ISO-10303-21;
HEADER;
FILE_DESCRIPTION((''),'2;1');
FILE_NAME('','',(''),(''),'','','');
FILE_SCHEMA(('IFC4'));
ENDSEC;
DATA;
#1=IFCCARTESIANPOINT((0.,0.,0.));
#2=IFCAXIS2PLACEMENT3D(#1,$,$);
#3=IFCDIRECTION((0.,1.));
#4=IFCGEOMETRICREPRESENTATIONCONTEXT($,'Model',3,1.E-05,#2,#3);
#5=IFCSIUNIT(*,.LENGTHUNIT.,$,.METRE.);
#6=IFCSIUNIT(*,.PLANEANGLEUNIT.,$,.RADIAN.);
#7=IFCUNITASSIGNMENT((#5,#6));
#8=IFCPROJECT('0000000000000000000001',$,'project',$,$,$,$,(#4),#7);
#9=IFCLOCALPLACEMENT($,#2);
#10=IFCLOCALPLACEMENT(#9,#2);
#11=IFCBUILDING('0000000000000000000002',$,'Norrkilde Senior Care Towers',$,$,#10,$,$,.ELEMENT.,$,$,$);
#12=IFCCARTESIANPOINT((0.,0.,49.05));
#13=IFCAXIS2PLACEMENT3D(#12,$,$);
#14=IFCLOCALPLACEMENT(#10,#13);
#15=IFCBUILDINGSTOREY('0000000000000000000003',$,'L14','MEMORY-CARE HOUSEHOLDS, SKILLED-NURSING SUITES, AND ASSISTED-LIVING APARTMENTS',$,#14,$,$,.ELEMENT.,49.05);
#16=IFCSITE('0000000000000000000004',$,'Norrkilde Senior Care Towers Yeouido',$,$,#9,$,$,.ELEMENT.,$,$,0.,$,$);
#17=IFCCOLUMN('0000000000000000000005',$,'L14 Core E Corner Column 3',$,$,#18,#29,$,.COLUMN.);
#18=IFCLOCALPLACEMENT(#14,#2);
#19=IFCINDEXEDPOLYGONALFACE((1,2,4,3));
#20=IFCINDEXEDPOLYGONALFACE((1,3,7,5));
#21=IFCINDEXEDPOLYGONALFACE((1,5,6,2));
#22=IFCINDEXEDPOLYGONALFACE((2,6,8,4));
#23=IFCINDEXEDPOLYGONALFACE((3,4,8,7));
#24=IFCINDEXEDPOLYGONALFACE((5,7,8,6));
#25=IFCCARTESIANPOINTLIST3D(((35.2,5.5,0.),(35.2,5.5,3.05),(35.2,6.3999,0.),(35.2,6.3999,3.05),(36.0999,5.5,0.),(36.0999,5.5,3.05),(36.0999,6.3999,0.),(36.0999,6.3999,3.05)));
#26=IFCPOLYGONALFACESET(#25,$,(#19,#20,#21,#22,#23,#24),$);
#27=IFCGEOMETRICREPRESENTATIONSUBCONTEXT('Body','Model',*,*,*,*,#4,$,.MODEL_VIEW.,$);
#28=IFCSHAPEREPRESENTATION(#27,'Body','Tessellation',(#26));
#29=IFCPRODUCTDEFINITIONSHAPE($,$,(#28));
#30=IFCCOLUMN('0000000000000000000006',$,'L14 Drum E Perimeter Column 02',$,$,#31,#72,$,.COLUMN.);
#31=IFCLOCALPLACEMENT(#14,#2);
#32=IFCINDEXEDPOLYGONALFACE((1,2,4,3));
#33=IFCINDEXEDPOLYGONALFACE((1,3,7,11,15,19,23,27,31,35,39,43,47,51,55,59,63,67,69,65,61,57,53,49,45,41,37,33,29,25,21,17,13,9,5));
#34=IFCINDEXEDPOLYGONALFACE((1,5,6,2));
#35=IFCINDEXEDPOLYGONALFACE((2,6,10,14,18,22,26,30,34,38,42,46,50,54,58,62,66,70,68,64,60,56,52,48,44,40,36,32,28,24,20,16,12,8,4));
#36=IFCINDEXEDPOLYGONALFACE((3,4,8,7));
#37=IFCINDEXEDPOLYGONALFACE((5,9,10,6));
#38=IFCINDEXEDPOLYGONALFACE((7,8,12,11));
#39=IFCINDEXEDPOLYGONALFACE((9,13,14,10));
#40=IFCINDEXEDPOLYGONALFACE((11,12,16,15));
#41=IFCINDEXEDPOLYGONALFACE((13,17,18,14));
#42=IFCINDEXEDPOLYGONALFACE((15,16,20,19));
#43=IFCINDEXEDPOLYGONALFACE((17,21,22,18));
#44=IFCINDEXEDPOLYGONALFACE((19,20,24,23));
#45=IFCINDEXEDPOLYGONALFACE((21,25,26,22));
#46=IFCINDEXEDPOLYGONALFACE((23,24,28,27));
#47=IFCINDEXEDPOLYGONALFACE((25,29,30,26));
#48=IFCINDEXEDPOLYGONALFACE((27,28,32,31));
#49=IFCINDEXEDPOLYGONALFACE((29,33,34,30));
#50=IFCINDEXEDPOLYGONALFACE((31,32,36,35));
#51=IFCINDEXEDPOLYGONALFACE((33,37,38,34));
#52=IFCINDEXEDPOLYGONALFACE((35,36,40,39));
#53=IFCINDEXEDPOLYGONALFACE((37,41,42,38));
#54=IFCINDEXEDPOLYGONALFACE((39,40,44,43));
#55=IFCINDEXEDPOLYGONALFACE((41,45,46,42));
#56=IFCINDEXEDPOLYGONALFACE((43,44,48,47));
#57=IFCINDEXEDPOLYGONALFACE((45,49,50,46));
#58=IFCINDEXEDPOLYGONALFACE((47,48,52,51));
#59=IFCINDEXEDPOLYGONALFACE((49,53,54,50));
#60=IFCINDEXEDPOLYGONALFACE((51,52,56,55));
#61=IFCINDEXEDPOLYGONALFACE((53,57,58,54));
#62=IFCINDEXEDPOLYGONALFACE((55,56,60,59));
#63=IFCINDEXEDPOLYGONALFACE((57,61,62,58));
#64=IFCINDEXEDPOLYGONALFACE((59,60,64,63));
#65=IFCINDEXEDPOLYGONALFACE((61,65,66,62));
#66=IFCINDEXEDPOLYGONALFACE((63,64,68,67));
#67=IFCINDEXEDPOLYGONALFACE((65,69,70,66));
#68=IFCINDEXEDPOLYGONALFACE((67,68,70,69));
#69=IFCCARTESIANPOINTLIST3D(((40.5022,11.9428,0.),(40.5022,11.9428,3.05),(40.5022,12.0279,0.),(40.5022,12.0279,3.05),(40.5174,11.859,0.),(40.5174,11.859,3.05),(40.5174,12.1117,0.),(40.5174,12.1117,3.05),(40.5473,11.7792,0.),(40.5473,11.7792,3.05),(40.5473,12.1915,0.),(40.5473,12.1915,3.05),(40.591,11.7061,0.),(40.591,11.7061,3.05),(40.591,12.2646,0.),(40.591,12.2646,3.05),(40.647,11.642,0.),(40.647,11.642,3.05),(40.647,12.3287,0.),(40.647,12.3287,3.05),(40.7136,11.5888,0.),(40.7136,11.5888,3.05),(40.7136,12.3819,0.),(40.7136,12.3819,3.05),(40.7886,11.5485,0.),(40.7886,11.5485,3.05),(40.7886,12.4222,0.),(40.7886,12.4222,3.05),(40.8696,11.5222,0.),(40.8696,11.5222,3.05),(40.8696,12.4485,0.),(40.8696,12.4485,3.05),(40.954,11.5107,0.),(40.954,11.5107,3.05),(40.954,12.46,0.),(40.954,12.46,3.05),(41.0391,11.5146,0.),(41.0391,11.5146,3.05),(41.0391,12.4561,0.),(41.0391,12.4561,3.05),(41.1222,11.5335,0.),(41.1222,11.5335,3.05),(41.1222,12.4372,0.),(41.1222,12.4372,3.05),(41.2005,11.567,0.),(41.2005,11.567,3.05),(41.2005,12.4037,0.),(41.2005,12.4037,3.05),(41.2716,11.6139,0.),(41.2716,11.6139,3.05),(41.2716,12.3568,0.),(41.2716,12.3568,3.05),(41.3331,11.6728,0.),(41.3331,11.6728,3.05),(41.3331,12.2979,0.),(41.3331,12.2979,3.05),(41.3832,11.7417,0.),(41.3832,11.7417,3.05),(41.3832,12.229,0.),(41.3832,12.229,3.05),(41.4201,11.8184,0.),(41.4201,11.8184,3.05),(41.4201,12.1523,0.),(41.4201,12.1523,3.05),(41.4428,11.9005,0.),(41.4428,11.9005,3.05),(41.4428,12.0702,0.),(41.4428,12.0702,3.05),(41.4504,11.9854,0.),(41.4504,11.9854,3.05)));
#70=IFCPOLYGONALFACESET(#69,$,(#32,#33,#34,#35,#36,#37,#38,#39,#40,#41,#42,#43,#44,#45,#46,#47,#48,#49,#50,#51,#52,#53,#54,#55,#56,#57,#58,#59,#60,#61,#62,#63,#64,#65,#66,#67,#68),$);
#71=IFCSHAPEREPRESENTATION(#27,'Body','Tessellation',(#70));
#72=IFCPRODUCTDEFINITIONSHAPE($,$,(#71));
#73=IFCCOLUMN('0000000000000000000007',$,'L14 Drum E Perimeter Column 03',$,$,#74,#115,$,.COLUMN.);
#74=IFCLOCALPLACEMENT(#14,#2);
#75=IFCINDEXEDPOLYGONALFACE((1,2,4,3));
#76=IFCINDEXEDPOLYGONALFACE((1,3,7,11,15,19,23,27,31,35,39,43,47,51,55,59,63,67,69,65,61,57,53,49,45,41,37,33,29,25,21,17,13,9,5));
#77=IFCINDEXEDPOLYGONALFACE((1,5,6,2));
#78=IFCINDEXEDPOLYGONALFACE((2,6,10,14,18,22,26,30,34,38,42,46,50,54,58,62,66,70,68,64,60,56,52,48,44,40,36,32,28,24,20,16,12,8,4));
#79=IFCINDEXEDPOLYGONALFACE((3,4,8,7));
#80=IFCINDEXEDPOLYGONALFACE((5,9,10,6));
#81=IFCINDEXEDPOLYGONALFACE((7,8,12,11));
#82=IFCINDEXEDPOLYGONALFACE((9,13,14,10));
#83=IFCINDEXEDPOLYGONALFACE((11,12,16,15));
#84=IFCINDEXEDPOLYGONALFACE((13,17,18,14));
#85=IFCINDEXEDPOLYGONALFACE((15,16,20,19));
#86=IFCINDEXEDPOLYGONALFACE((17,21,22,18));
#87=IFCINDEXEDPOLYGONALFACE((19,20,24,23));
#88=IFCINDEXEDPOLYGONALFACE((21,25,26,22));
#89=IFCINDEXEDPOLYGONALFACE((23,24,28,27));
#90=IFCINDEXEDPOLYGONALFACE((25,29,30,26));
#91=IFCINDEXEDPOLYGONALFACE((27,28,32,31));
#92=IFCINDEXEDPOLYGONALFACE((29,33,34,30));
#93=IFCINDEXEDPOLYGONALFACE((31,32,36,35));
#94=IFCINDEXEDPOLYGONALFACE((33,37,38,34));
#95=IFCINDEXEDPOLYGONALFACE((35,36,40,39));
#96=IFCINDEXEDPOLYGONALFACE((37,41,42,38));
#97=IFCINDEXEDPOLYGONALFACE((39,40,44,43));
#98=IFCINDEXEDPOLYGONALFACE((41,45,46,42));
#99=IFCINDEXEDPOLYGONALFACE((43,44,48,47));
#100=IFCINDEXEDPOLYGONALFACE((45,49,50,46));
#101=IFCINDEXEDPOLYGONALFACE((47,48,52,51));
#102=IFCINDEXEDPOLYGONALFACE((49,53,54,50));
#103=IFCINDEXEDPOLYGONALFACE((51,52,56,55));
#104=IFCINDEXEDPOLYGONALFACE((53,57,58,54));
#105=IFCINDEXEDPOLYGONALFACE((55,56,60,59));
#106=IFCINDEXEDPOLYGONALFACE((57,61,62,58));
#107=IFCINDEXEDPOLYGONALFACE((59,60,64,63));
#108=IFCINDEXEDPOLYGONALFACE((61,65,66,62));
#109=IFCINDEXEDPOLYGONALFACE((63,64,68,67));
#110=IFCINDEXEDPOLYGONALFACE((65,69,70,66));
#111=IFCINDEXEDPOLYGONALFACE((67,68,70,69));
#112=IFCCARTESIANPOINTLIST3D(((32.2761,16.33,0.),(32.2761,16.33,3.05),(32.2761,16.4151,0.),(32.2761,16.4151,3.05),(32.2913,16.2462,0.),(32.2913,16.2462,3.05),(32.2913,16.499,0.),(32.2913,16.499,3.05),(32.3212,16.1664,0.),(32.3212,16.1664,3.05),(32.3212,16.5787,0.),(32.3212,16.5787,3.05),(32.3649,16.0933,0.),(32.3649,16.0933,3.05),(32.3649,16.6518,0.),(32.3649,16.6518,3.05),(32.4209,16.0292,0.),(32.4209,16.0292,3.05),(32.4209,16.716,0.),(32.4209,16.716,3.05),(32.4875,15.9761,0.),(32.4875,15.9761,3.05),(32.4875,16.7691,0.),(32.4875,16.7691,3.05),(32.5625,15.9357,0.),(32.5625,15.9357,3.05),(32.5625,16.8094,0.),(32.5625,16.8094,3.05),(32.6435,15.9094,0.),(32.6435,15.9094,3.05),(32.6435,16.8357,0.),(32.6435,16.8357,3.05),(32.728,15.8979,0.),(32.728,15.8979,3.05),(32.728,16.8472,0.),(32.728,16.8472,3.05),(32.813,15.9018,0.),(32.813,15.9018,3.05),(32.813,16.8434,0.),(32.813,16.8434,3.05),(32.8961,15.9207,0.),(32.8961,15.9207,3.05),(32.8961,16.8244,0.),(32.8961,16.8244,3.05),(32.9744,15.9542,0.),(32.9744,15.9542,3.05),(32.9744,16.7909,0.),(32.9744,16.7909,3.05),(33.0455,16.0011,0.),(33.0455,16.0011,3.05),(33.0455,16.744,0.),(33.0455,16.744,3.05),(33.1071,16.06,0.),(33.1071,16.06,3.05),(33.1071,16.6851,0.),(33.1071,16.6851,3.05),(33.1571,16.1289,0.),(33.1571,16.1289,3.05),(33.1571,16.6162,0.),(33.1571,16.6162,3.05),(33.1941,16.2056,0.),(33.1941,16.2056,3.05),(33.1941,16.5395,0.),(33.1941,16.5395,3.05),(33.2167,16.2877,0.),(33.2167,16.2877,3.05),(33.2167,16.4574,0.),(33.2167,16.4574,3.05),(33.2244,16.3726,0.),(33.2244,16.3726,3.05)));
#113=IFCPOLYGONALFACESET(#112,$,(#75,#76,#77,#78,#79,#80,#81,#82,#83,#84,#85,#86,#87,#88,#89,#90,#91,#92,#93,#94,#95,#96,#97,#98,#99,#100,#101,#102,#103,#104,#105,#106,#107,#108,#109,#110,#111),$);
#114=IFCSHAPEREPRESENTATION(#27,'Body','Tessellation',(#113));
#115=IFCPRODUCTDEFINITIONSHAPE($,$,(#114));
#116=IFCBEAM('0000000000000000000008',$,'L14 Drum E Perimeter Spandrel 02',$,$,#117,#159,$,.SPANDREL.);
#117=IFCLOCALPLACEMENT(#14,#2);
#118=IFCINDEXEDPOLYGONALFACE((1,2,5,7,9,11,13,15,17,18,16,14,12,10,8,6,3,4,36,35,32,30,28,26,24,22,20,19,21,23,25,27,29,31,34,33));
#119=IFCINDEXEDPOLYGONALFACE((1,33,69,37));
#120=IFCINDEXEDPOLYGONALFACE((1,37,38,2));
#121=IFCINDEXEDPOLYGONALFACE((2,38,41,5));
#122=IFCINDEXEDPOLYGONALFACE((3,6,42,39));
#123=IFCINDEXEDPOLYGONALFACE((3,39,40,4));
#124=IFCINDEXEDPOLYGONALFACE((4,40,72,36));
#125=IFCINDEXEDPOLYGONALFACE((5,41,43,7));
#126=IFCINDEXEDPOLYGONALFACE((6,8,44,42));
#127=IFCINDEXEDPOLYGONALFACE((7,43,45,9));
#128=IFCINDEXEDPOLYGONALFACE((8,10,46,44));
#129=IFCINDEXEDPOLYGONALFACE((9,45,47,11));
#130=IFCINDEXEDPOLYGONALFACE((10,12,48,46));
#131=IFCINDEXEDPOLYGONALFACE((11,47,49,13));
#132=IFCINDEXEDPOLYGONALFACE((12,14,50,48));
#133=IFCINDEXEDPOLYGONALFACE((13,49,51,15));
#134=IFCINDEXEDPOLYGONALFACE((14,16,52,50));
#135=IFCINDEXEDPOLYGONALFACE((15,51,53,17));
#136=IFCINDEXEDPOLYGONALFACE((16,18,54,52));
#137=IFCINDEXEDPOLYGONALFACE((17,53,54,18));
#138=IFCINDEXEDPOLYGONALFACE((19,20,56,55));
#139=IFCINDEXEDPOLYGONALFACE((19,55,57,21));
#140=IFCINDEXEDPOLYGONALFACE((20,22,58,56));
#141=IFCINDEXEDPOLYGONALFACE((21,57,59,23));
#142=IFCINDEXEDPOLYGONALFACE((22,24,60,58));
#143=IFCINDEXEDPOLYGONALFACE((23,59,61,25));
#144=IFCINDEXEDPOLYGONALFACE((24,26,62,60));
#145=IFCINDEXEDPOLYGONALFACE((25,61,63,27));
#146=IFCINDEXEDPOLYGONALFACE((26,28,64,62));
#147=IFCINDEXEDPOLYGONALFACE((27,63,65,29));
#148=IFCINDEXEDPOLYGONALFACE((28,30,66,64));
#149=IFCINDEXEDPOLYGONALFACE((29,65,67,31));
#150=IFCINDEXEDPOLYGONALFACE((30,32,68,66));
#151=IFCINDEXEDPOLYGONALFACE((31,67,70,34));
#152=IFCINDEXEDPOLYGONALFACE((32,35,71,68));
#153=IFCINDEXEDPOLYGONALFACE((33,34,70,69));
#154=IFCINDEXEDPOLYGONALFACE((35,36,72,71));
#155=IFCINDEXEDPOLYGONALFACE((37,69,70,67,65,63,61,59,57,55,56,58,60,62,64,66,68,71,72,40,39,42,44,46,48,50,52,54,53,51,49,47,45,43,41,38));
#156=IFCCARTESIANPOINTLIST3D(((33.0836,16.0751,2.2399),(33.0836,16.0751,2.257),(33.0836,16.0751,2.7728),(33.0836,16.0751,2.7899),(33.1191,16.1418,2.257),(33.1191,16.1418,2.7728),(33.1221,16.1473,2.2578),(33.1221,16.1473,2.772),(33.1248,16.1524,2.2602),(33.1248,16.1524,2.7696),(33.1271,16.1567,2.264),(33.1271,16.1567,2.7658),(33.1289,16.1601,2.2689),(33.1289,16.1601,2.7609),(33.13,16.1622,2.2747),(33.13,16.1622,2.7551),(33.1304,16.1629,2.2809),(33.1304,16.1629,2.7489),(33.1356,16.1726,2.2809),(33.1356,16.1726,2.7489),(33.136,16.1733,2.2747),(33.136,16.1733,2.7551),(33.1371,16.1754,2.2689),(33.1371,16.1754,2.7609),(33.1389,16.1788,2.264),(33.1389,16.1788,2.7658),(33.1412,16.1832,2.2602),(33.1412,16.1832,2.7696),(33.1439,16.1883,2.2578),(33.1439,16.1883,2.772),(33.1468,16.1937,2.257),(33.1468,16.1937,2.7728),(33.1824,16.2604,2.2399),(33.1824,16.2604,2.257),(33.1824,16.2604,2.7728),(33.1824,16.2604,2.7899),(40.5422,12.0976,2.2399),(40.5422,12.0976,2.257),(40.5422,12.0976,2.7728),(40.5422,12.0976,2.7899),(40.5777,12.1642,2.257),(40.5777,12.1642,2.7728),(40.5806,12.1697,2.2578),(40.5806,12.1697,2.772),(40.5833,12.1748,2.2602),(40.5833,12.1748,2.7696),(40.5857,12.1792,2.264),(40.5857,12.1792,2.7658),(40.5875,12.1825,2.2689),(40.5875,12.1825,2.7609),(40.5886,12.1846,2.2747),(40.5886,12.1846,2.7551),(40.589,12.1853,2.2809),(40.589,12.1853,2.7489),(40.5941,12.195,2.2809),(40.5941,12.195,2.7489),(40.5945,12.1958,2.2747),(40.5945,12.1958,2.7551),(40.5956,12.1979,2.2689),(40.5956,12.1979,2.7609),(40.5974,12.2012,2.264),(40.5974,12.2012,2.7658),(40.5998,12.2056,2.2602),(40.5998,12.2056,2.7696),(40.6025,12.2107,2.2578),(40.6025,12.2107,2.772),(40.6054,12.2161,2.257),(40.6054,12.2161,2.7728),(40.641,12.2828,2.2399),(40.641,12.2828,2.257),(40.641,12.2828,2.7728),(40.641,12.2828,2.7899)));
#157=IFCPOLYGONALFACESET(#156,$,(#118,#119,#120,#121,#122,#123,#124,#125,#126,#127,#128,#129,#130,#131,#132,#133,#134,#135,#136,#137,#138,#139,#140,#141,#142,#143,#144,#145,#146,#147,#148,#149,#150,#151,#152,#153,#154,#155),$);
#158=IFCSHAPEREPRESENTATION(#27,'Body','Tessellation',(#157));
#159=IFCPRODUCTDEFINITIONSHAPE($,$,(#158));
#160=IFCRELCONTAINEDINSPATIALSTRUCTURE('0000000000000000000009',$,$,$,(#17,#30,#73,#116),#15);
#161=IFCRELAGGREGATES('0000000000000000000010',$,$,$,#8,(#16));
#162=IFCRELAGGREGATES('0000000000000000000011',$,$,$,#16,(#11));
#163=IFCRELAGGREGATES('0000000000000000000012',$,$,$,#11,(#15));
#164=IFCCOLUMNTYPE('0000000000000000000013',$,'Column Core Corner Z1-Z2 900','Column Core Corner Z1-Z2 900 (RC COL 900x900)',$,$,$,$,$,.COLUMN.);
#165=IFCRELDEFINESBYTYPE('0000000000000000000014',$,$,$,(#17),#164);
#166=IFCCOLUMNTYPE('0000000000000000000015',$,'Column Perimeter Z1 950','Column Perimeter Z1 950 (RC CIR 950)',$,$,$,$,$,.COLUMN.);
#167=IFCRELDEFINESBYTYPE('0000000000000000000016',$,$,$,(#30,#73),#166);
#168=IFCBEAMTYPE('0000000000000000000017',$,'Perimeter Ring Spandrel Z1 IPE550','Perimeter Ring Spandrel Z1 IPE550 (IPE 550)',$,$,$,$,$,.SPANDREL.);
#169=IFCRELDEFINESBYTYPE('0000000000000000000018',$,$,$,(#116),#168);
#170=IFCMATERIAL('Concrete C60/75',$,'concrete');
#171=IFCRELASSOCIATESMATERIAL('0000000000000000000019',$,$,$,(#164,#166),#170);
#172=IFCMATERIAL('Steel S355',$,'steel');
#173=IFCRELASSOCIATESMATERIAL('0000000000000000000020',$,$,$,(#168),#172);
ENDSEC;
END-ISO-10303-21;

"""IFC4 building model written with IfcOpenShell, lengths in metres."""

from ifc_helpers import new_model, si_unit, direction, frame, origin, origin_2d, place, context, subcontext, project, spatial, rectangle, circle, i_section, extrude, source, transform, mapped, material, material_profile, profile_set, type_object, type_shapes, element, save


model = new_model("IFC4")

# Units and contexts
model_context = context("Model", 3, precision=1e-05, world=origin(), true_north=direction((0.0, 1.0)))
body_context = subcontext(model_context, "Body", "Model", "MODEL_VIEW")
ifc_project = project(units=[si_unit("LENGTHUNIT", "METRE"), si_unit("PLANEANGLEUNIT", "RADIAN")], contexts=[model_context])

# Site, building, storey
site_placement = place(None, origin())
site = spatial("IfcSite", under=ifc_project, at=site_placement, Name="Norrkilde Senior Care Towers Yeouido", CompositionType="ELEMENT", RefElevation=0.0)
building_placement = place(site_placement, origin())
building = spatial("IfcBuilding", under=site, at=building_placement, Name="Norrkilde Senior Care Towers", CompositionType="ELEMENT")
storey_placement = place(building_placement, frame((0.0, 0.0, 49.05)))
storey = spatial("IfcBuildingStorey", under=building, at=storey_placement, Name="L14", Description="MEMORY-CARE HOUSEHOLDS, SKILLED-NURSING SUITES, AND ASSISTED-LIVING APARTMENTS", CompositionType="ELEMENT", Elevation=49.05)

# Columns
ifc_material_1 = material(Name="Concrete C60/75", Category="concrete")
ifc_material_profile_1 = material_profile(ifc_material_1, rectangle(XDim=0.8999, YDim=0.8999, at=origin_2d()), Name="RC COL 900x900")
ifc_profile_set_1 = profile_set([ifc_material_profile_1], Name="Concrete C60/75")
column_type_1 = type_object("IfcColumnType", Name="Column Core Corner Z1-Z2 900", Description="Column Core Corner Z1-Z2 900 (RC COL 900x900)", PredefinedType="COLUMN", material=ifc_profile_set_1)
shared_shape_1 = source(origin(), body_context, "Body", "SweptSolid", [
    extrude(rectangle(XDim=0.8999, YDim=0.8999, at=origin_2d()), origin(), (0.0, 0.0, 1.0), 3.05),
])
type_shapes(column_type_1, [shared_shape_1])
column_placement = place(storey_placement, frame((35.6499, 5.95, 0.0), z_axis=(0.0, 0.0, 1.0), x_axis=(1.0, 0.0, 0.0)))
element("IfcColumn", 1, at=column_placement, inside=storey, type_object=column_type_1, Name="L14 Core E Corner Column 3", PredefinedType="COLUMN", context=body_context, shape_type="MappedRepresentation", body=[
    mapped(shared_shape_1, transform((0.0, 0.0, 0.0), x_axis=(1.0, 0.0, 0.0), y_axis=(0.0, 1.0, 0.0), z_axis=(0.0, 0.0, 1.0), scale=1.0)),
])
ifc_material_profile_2 = material_profile(ifc_material_1, circle(Radius=0.4751, at=origin_2d()), Name="RC CIR 950")
ifc_profile_set_2 = profile_set([ifc_material_profile_2], Name="Concrete C60/75")
column_type_2 = type_object("IfcColumnType", Name="Column Perimeter Z1 950", Description="Column Perimeter Z1 950 (RC CIR 950)", PredefinedType="COLUMN", material=ifc_profile_set_2)
shared_shape_2 = source(origin(), body_context, "Body", "SweptSolid", [
    extrude(circle(Radius=0.4751, at=origin_2d()), origin(), (0.0, 0.0, 1.0), 3.05),
])
type_shapes(column_type_2, [shared_shape_2])
for number, where, z_axis, x_axis, name in (
    (2, (40.9753, 11.9854, 0.0), (0.0, 0.0, 1.0), (1.0, 0.0, 0.0), "L14 Drum E Perimeter Column 02"),
    (3, (32.7493, 16.3726, 0.0), (0.0, 0.0, 1.0), (1.0, 0.0, 0.0), "L14 Drum E Perimeter Column 03"),
):
    element("IfcColumn", number, at=place(storey_placement, frame(where, z_axis=z_axis, x_axis=x_axis)), inside=storey, type_object=column_type_2, Name=name, PredefinedType="COLUMN", context=body_context, shape_type="MappedRepresentation", body=[
        mapped(shared_shape_2, transform((0.0, 0.0, 0.0), x_axis=(1.0, 0.0, 0.0), y_axis=(0.0, 1.0, 0.0), z_axis=(0.0, 0.0, 1.0), scale=1.0)),
    ])

# Beam
ifc_material_2 = material(Name="Steel S355", Category="steel")
ifc_material_profile_3 = material_profile(ifc_material_2, i_section(OverallWidth=0.21, OverallDepth=0.55, WebThickness=0.011, FlangeThickness=0.0171, FilletRadius=0.0239, at=origin_2d()), Name="IPE 550")
ifc_profile_set_3 = profile_set([ifc_material_profile_3], Name="Steel S355")
beam_type_1 = type_object("IfcBeamType", Name="Perimeter Ring Spandrel Z1 IPE550", Description="Perimeter Ring Spandrel Z1 IPE550 (IPE 550)", PredefinedType="SPANDREL", material=ifc_profile_set_3)
shared_shape_3 = source(origin(), body_context, "Body", "SweptSolid", [
    extrude(i_section(OverallWidth=0.21, OverallDepth=0.55, WebThickness=0.011, FlangeThickness=0.0171, FilletRadius=0.0239, at=origin_2d()), origin(), (0.0, 0.0, 1.0), 8.4529),
])
beam_1_placement = place(storey_placement, frame((40.5916, 12.1902, 2.5149), z_axis=(-0.882369, 0.470558, 0.0), x_axis=(-0.470558, -0.882369, 0.0)))
element("IfcBeam", 4, at=beam_1_placement, inside=storey, type_object=beam_type_1, Name="L14 Drum E Perimeter Spandrel 02", PredefinedType="SPANDREL", context=body_context, shape_type="MappedRepresentation", body=[
    mapped(shared_shape_3, transform((0.0, 0.0, 0.0), x_axis=(1.0, 0.0, 0.0), y_axis=(0.0, 1.0, 0.0), z_axis=(0.0, 0.0, 1.0), scale=1.0)),
])

save(model, "model.ifc")
